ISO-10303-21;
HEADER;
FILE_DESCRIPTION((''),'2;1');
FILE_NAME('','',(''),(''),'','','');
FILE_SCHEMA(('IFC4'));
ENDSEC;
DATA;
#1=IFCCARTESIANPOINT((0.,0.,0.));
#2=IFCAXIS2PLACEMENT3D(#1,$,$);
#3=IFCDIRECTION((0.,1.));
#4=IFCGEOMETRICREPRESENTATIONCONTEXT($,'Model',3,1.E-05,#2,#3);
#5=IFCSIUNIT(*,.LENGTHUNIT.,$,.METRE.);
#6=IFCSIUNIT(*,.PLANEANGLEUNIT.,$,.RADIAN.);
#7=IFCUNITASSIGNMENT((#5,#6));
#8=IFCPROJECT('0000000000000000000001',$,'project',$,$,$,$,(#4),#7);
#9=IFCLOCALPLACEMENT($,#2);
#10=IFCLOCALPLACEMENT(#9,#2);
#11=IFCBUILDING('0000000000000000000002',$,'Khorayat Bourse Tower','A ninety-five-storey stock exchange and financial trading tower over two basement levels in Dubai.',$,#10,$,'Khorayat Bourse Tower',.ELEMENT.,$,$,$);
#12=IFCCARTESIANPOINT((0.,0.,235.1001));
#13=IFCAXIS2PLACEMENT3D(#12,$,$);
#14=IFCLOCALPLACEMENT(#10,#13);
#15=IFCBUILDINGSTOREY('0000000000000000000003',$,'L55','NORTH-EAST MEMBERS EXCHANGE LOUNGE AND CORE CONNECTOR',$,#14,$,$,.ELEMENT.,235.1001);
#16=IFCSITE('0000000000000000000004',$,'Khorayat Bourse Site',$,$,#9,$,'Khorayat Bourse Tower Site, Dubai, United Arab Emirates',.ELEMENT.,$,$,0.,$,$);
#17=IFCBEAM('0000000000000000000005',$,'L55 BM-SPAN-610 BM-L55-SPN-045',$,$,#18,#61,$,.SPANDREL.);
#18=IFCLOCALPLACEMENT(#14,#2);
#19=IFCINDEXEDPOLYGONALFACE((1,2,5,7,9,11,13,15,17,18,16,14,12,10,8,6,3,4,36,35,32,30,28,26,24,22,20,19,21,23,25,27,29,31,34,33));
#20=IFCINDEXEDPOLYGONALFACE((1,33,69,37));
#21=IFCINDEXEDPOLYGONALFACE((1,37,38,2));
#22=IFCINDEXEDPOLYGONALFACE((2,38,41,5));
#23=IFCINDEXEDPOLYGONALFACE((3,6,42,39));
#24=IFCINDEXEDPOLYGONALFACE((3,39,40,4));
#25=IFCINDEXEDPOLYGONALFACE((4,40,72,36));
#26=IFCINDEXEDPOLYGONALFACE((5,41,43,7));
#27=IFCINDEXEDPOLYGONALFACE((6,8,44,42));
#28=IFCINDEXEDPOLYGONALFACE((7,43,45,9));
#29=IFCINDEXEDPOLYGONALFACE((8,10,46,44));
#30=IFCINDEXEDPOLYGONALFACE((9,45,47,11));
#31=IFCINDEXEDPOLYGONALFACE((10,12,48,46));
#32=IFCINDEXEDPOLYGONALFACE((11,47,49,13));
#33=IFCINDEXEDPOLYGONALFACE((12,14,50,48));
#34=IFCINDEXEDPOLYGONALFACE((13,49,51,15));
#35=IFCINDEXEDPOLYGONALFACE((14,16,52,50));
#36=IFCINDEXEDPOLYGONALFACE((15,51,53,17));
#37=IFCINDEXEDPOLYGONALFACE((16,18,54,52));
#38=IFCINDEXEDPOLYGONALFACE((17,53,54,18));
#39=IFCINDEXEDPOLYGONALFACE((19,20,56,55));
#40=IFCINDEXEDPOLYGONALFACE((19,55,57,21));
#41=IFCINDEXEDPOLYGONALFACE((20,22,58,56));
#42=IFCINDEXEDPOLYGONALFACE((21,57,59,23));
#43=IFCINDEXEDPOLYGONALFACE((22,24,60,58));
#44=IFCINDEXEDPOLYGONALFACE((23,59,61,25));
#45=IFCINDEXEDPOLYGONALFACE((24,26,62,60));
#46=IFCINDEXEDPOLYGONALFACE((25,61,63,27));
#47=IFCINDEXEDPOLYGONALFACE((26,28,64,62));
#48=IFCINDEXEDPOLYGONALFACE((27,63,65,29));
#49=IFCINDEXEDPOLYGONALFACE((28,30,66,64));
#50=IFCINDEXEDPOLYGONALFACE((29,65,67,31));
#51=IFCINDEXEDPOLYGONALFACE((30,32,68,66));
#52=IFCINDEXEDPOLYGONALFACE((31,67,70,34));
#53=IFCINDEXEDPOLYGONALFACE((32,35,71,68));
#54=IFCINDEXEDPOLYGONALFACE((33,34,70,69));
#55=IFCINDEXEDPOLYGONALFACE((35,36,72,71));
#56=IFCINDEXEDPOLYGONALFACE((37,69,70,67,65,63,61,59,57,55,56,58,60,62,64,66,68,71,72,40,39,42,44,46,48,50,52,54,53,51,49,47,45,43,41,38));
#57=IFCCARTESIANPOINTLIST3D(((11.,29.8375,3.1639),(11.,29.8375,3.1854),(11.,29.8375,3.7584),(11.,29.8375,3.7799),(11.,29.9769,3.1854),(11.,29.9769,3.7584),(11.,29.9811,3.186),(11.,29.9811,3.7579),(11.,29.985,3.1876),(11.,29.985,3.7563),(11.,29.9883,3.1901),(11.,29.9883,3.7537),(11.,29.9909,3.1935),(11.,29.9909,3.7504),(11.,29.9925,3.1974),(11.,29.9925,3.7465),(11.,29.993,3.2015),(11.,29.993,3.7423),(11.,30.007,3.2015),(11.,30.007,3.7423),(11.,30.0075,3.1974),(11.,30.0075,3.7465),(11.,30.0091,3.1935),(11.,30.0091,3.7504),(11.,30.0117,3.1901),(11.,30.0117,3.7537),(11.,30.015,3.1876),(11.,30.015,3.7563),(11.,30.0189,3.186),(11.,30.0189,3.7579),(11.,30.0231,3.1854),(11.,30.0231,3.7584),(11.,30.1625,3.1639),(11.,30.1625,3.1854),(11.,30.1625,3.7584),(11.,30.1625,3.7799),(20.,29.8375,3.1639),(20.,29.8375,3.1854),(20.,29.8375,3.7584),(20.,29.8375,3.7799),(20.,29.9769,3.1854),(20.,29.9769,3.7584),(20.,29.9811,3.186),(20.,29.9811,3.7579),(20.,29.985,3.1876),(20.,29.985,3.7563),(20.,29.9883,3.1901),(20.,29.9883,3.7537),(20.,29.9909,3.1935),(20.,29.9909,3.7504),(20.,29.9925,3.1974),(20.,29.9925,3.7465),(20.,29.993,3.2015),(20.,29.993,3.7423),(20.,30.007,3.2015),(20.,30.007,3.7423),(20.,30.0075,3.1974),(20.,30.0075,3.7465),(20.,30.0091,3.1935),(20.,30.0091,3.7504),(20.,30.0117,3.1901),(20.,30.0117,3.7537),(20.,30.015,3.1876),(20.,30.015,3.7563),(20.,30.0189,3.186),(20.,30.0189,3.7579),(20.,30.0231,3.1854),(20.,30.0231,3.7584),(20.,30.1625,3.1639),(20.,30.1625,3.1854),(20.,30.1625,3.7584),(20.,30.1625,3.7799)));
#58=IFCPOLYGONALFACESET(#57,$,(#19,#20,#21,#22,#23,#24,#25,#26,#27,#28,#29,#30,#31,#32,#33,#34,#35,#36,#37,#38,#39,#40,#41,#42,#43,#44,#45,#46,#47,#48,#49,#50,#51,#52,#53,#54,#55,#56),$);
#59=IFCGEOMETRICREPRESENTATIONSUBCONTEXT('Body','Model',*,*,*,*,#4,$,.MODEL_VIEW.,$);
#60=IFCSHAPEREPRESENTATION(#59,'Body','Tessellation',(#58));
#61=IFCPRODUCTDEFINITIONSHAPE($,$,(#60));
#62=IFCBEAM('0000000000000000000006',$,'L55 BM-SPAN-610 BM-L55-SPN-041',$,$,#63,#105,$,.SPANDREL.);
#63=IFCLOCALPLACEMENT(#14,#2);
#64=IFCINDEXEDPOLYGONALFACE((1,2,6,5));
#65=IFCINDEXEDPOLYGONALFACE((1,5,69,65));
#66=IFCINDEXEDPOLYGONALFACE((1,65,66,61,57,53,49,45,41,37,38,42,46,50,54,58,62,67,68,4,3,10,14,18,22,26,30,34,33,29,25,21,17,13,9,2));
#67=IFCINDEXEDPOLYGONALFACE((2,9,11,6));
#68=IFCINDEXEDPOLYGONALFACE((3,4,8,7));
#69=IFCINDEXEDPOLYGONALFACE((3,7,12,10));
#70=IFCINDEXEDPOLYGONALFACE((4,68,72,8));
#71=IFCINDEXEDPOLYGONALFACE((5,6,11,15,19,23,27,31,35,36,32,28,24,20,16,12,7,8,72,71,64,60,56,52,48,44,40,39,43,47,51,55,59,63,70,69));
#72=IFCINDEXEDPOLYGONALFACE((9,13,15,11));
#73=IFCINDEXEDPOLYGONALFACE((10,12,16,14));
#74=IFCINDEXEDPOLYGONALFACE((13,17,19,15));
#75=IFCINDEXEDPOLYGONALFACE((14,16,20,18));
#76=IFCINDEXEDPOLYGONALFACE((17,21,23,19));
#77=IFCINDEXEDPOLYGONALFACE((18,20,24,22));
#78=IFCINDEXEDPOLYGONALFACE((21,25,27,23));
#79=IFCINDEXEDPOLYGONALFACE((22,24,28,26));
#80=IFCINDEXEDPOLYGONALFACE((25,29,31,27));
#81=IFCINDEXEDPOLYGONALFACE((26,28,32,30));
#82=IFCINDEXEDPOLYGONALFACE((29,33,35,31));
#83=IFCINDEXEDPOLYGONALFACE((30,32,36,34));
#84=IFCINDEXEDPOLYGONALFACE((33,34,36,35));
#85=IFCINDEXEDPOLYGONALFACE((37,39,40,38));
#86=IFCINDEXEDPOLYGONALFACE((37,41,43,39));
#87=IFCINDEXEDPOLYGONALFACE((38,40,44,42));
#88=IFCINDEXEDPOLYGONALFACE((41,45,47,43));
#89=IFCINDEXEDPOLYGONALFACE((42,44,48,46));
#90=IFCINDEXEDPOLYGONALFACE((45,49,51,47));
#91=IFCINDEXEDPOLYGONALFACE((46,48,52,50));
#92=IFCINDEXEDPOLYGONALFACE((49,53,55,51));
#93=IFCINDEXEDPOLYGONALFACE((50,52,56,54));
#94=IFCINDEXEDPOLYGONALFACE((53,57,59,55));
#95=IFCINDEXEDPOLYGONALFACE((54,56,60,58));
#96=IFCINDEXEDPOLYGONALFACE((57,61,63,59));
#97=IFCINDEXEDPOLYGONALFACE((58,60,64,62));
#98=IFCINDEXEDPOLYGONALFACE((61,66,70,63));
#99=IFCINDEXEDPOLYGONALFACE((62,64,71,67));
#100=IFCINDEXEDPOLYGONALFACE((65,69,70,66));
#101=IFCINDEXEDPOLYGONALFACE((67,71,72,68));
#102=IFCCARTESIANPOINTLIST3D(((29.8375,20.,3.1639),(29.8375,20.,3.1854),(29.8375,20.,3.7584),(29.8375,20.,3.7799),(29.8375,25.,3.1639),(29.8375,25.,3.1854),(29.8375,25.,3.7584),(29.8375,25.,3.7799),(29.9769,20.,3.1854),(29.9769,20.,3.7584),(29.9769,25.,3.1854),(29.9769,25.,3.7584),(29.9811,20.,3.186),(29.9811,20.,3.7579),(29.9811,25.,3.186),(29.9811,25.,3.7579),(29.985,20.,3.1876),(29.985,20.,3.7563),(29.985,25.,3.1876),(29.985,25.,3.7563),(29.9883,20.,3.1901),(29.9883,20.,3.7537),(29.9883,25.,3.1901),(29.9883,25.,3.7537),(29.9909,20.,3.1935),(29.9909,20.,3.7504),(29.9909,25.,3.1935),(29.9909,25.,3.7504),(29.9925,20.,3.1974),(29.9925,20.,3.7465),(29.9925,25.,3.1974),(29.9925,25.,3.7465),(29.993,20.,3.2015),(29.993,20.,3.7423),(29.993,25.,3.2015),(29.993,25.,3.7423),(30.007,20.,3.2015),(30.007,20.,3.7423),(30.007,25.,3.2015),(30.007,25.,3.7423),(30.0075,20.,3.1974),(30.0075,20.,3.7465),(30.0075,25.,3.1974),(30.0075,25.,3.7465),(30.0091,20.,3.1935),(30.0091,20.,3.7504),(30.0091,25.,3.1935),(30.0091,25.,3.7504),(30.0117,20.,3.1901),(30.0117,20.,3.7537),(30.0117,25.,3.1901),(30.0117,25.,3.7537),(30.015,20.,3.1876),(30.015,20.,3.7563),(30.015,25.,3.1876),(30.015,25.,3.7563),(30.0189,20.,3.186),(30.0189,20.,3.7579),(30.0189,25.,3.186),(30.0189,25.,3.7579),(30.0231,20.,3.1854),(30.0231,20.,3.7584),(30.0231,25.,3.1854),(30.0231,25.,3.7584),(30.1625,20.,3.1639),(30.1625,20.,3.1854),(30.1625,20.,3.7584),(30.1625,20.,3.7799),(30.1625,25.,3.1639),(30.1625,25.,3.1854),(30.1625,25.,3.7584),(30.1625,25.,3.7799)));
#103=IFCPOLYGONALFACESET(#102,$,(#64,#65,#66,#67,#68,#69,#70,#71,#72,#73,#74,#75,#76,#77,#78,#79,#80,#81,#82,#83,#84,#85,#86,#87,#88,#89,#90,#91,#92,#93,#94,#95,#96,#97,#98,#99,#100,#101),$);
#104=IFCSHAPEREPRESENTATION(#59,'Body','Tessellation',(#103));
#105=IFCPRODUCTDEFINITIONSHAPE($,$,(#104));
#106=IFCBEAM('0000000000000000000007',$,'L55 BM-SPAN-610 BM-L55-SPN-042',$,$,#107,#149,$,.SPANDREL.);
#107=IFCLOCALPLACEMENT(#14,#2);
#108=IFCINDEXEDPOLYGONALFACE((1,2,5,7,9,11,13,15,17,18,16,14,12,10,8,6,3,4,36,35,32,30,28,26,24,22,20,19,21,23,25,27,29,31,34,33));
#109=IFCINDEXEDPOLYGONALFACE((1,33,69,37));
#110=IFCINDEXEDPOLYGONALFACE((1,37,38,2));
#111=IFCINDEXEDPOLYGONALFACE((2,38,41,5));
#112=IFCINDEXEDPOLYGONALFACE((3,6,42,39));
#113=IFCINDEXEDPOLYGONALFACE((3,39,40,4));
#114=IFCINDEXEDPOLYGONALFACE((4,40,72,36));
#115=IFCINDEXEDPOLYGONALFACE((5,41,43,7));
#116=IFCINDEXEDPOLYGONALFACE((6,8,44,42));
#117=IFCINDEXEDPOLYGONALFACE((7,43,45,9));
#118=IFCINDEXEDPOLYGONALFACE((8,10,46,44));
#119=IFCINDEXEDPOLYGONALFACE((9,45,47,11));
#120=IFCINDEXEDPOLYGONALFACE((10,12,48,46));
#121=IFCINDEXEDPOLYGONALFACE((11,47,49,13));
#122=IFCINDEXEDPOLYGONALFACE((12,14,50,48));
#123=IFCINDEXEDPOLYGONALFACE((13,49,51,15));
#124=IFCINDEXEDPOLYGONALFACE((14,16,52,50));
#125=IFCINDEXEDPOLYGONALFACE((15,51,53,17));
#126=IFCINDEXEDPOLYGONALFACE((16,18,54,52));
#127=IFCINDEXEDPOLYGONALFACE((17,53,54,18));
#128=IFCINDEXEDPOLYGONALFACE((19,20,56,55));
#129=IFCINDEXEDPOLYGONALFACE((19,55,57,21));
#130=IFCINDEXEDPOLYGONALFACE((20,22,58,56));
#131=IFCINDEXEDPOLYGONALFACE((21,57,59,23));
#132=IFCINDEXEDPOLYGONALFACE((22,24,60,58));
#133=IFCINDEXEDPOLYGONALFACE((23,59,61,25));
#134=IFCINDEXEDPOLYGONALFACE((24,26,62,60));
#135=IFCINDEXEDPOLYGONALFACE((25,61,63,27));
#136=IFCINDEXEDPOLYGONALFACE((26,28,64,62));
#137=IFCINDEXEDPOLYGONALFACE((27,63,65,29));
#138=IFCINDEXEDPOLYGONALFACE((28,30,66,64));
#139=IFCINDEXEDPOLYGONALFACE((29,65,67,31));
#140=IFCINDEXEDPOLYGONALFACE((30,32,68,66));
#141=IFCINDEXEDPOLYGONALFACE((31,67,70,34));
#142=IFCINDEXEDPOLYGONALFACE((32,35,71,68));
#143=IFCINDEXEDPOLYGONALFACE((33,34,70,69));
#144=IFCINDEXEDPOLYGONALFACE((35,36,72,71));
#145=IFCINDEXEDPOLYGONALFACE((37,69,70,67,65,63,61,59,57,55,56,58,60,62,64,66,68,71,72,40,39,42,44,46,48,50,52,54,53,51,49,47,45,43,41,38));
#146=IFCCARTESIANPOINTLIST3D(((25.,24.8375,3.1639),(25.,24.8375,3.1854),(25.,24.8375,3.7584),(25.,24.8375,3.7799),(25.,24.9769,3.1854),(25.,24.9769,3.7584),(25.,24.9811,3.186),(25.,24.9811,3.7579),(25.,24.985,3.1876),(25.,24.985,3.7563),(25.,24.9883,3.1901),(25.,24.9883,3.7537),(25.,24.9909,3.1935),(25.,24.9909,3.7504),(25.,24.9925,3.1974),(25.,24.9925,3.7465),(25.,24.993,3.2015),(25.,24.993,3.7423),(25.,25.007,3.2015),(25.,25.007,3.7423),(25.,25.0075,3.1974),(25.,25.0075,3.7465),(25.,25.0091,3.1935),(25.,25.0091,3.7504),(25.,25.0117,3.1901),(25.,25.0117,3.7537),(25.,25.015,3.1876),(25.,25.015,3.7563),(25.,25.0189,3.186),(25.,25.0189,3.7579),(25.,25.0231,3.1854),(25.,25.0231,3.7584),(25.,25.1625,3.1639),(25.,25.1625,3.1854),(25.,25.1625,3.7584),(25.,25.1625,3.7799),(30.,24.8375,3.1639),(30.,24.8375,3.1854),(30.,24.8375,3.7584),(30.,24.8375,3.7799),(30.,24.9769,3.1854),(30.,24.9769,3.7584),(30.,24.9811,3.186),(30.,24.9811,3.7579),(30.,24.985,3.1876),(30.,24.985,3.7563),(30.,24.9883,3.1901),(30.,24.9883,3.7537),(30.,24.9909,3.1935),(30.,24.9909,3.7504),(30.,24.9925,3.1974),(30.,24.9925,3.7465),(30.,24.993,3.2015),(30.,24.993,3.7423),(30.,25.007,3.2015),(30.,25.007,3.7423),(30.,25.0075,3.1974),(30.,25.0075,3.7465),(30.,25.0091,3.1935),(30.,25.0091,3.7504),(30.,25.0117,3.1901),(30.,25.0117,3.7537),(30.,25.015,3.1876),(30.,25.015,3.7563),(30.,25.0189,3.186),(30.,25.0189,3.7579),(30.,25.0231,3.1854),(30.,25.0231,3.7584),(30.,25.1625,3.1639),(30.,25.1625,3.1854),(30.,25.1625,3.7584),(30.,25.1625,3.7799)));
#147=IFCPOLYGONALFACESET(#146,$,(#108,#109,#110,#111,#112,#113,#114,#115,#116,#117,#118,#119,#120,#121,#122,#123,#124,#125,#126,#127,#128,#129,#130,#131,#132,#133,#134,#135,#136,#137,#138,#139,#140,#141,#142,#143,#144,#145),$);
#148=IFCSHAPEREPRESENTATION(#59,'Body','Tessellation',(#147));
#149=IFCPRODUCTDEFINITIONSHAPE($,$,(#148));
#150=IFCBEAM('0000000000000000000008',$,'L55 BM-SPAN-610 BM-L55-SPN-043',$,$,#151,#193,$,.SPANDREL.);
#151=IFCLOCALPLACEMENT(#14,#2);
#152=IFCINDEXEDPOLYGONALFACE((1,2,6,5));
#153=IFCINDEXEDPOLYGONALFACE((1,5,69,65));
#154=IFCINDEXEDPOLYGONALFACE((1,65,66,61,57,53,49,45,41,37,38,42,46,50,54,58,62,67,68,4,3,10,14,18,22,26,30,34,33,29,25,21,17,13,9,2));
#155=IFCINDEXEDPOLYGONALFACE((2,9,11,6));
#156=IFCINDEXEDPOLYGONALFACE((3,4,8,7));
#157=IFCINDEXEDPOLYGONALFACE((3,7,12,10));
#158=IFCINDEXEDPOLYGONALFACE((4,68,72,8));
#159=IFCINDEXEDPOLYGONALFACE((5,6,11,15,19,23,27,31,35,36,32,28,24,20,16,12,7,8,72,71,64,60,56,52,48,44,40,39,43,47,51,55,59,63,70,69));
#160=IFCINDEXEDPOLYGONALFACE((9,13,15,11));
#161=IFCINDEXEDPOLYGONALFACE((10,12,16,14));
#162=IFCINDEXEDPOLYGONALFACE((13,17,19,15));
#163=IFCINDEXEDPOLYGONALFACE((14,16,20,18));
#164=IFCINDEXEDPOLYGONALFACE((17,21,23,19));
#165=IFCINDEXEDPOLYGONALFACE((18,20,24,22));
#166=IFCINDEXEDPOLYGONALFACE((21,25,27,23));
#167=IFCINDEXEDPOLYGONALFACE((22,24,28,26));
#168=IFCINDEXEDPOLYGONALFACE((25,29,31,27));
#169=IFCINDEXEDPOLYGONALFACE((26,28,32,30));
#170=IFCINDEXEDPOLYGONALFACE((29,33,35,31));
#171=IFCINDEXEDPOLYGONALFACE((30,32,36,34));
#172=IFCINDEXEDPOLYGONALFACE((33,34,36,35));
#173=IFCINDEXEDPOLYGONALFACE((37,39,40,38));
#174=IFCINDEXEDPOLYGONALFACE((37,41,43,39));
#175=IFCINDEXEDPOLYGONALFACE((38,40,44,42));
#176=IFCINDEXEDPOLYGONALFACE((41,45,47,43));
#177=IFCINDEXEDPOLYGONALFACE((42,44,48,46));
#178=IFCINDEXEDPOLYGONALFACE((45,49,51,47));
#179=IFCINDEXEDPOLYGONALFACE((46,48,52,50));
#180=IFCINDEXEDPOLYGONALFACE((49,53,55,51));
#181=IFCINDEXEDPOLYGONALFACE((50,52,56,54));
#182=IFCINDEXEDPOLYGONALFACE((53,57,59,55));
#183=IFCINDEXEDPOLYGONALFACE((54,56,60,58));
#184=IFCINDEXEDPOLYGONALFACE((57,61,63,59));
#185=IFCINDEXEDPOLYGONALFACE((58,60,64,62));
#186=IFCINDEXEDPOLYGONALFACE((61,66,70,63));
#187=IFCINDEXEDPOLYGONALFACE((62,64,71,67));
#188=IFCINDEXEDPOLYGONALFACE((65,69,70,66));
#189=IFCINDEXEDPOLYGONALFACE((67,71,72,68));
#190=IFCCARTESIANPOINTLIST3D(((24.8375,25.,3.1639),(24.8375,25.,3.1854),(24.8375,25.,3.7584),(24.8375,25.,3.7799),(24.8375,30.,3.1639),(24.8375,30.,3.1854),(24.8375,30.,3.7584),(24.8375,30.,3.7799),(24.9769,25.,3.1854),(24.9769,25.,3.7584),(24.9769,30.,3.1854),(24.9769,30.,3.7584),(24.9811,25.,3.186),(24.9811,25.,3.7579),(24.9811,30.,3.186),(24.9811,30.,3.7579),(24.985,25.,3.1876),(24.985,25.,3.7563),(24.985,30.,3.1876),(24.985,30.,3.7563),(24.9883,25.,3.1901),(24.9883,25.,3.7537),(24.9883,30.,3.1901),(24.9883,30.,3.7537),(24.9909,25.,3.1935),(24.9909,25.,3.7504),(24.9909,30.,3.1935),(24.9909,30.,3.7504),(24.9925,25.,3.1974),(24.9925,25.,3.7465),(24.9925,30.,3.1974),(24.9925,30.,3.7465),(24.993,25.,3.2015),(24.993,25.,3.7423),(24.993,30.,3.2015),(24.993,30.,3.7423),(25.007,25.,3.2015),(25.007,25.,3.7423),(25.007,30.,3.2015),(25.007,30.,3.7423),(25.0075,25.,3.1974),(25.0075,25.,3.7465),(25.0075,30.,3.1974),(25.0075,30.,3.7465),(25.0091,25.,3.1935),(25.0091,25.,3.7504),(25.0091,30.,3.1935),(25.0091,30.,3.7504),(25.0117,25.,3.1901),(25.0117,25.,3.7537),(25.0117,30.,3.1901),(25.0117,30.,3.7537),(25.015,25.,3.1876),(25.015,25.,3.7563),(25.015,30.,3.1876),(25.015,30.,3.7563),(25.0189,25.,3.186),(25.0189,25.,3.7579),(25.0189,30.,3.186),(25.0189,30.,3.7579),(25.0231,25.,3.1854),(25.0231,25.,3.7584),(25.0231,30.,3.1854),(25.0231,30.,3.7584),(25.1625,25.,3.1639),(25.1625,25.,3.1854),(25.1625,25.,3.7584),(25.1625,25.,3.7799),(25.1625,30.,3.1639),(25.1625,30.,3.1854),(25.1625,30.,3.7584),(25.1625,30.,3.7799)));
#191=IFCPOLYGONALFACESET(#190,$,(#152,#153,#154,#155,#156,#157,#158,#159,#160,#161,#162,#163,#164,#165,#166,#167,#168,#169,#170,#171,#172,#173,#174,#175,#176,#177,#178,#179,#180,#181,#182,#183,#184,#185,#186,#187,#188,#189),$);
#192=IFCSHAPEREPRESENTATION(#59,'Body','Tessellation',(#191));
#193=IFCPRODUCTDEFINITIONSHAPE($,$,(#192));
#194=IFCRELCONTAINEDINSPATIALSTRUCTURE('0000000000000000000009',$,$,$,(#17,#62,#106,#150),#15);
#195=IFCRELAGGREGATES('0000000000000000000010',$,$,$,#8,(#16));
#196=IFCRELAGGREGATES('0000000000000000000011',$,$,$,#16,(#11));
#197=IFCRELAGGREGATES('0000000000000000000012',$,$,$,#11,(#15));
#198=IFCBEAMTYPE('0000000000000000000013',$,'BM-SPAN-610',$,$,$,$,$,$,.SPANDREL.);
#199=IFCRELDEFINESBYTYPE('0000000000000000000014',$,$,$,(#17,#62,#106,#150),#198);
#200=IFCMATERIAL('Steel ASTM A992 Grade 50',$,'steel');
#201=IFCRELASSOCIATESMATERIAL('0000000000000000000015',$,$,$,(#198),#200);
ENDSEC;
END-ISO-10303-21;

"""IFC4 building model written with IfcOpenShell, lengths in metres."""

from ifc_helpers import new_model, si_unit, direction, frame, origin, origin_2d, place, context, subcontext, project, spatial, i_section, extrude, source, transform, mapped, material, material_profile, profile_set, type_object, element, save


model = new_model("IFC4")

# Units and contexts
model_context = context("Model", 3, precision=1e-05, world=origin(), true_north=direction((0.0, 1.0)))
body_context = subcontext(model_context, "Body", "Model", "MODEL_VIEW")
ifc_project = project(units=[si_unit("LENGTHUNIT", "METRE"), si_unit("PLANEANGLEUNIT", "RADIAN")], contexts=[model_context])

# Site, building, storey
site_placement = place(None, origin())
site = spatial("IfcSite", under=ifc_project, at=site_placement, Name="Khorayat Bourse Site", LongName="Khorayat Bourse Tower Site, Dubai, United Arab Emirates", CompositionType="ELEMENT", RefElevation=0.0)
building_placement = place(site_placement, origin())
building = spatial("IfcBuilding", under=site, at=building_placement, Name="Khorayat Bourse Tower", Description="A ninety-five-storey stock exchange and financial trading tower over two basement levels in Dubai.", LongName="Khorayat Bourse Tower", CompositionType="ELEMENT")
storey_placement = place(building_placement, frame((0.0, 0.0, 235.1001)))
storey = spatial("IfcBuildingStorey", under=building, at=storey_placement, Name="L55", Description="NORTH-EAST MEMBERS EXCHANGE LOUNGE AND CORE CONNECTOR", CompositionType="ELEMENT", Elevation=235.1001)

# Beams
ifc_material_1 = material(Name="Steel ASTM A992 Grade 50", Category="steel")
ifc_material_profile_1 = material_profile(ifc_material_1, i_section(OverallWidth=0.325, OverallDepth=0.616, WebThickness=0.0139, FlangeThickness=0.0215, FilletRadius=0.0161, at=origin_2d()), Name="W610X174")
ifc_profile_set_1 = profile_set([ifc_material_profile_1], Name="Steel ASTM A992 Grade 50")
beam_type_1 = type_object("IfcBeamType", Name="BM-SPAN-610", PredefinedType="SPANDREL", material=ifc_profile_set_1)
shared_shape_1 = source(origin(), body_context, "Body", "SweptSolid", [
    extrude(i_section(OverallWidth=0.325, OverallDepth=0.616, WebThickness=0.0139, FlangeThickness=0.0215, FilletRadius=0.0161, at=origin_2d()), origin(), (0.0, 0.0, 1.0), 9.0),
])
beam_1_placement = place(storey_placement, frame((11.0, 30.0, 3.4719), z_axis=(1.0, 0.0, 0.0), x_axis=(0.0, 1.0, 0.0)))
element("IfcBeam", 1, at=beam_1_placement, inside=storey, type_object=beam_type_1, Name="L55 BM-SPAN-610 BM-L55-SPN-045", PredefinedType="SPANDREL", context=body_context, shape_type="MappedRepresentation", body=[
    mapped(shared_shape_1, transform((0.0, 0.0, 0.0), scale=1.0)),
])
shared_shape_2 = source(origin(), body_context, "Body", "SweptSolid", [
    extrude(i_section(OverallWidth=0.325, OverallDepth=0.616, WebThickness=0.0139, FlangeThickness=0.0215, FilletRadius=0.0161, at=origin_2d()), origin(), (0.0, 0.0, 1.0), 5.0),
])
for number, where, z_axis, x_axis, name in (
    (2, (30.0, 20.0, 3.4719), (0.0, 1.0, 0.0), (-1.0, 0.0, 0.0), "L55 BM-SPAN-610 BM-L55-SPN-041"),
    (3, (25.0, 25.0, 3.4719), (1.0, 0.0, 0.0), (0.0, 1.0, 0.0), "L55 BM-SPAN-610 BM-L55-SPN-042"),
    (4, (25.0, 25.0, 3.4719), (0.0, 1.0, 0.0), (-1.0, 0.0, 0.0), "L55 BM-SPAN-610 BM-L55-SPN-043"),
):
    element("IfcBeam", number, at=place(storey_placement, frame(where, z_axis=z_axis, x_axis=x_axis)), inside=storey, type_object=beam_type_1, Name=name, PredefinedType="SPANDREL", context=body_context, shape_type="MappedRepresentation", body=[
        mapped(shared_shape_2, transform((0.0, 0.0, 0.0), scale=1.0)),
    ])

save(model, "model.ifc")
